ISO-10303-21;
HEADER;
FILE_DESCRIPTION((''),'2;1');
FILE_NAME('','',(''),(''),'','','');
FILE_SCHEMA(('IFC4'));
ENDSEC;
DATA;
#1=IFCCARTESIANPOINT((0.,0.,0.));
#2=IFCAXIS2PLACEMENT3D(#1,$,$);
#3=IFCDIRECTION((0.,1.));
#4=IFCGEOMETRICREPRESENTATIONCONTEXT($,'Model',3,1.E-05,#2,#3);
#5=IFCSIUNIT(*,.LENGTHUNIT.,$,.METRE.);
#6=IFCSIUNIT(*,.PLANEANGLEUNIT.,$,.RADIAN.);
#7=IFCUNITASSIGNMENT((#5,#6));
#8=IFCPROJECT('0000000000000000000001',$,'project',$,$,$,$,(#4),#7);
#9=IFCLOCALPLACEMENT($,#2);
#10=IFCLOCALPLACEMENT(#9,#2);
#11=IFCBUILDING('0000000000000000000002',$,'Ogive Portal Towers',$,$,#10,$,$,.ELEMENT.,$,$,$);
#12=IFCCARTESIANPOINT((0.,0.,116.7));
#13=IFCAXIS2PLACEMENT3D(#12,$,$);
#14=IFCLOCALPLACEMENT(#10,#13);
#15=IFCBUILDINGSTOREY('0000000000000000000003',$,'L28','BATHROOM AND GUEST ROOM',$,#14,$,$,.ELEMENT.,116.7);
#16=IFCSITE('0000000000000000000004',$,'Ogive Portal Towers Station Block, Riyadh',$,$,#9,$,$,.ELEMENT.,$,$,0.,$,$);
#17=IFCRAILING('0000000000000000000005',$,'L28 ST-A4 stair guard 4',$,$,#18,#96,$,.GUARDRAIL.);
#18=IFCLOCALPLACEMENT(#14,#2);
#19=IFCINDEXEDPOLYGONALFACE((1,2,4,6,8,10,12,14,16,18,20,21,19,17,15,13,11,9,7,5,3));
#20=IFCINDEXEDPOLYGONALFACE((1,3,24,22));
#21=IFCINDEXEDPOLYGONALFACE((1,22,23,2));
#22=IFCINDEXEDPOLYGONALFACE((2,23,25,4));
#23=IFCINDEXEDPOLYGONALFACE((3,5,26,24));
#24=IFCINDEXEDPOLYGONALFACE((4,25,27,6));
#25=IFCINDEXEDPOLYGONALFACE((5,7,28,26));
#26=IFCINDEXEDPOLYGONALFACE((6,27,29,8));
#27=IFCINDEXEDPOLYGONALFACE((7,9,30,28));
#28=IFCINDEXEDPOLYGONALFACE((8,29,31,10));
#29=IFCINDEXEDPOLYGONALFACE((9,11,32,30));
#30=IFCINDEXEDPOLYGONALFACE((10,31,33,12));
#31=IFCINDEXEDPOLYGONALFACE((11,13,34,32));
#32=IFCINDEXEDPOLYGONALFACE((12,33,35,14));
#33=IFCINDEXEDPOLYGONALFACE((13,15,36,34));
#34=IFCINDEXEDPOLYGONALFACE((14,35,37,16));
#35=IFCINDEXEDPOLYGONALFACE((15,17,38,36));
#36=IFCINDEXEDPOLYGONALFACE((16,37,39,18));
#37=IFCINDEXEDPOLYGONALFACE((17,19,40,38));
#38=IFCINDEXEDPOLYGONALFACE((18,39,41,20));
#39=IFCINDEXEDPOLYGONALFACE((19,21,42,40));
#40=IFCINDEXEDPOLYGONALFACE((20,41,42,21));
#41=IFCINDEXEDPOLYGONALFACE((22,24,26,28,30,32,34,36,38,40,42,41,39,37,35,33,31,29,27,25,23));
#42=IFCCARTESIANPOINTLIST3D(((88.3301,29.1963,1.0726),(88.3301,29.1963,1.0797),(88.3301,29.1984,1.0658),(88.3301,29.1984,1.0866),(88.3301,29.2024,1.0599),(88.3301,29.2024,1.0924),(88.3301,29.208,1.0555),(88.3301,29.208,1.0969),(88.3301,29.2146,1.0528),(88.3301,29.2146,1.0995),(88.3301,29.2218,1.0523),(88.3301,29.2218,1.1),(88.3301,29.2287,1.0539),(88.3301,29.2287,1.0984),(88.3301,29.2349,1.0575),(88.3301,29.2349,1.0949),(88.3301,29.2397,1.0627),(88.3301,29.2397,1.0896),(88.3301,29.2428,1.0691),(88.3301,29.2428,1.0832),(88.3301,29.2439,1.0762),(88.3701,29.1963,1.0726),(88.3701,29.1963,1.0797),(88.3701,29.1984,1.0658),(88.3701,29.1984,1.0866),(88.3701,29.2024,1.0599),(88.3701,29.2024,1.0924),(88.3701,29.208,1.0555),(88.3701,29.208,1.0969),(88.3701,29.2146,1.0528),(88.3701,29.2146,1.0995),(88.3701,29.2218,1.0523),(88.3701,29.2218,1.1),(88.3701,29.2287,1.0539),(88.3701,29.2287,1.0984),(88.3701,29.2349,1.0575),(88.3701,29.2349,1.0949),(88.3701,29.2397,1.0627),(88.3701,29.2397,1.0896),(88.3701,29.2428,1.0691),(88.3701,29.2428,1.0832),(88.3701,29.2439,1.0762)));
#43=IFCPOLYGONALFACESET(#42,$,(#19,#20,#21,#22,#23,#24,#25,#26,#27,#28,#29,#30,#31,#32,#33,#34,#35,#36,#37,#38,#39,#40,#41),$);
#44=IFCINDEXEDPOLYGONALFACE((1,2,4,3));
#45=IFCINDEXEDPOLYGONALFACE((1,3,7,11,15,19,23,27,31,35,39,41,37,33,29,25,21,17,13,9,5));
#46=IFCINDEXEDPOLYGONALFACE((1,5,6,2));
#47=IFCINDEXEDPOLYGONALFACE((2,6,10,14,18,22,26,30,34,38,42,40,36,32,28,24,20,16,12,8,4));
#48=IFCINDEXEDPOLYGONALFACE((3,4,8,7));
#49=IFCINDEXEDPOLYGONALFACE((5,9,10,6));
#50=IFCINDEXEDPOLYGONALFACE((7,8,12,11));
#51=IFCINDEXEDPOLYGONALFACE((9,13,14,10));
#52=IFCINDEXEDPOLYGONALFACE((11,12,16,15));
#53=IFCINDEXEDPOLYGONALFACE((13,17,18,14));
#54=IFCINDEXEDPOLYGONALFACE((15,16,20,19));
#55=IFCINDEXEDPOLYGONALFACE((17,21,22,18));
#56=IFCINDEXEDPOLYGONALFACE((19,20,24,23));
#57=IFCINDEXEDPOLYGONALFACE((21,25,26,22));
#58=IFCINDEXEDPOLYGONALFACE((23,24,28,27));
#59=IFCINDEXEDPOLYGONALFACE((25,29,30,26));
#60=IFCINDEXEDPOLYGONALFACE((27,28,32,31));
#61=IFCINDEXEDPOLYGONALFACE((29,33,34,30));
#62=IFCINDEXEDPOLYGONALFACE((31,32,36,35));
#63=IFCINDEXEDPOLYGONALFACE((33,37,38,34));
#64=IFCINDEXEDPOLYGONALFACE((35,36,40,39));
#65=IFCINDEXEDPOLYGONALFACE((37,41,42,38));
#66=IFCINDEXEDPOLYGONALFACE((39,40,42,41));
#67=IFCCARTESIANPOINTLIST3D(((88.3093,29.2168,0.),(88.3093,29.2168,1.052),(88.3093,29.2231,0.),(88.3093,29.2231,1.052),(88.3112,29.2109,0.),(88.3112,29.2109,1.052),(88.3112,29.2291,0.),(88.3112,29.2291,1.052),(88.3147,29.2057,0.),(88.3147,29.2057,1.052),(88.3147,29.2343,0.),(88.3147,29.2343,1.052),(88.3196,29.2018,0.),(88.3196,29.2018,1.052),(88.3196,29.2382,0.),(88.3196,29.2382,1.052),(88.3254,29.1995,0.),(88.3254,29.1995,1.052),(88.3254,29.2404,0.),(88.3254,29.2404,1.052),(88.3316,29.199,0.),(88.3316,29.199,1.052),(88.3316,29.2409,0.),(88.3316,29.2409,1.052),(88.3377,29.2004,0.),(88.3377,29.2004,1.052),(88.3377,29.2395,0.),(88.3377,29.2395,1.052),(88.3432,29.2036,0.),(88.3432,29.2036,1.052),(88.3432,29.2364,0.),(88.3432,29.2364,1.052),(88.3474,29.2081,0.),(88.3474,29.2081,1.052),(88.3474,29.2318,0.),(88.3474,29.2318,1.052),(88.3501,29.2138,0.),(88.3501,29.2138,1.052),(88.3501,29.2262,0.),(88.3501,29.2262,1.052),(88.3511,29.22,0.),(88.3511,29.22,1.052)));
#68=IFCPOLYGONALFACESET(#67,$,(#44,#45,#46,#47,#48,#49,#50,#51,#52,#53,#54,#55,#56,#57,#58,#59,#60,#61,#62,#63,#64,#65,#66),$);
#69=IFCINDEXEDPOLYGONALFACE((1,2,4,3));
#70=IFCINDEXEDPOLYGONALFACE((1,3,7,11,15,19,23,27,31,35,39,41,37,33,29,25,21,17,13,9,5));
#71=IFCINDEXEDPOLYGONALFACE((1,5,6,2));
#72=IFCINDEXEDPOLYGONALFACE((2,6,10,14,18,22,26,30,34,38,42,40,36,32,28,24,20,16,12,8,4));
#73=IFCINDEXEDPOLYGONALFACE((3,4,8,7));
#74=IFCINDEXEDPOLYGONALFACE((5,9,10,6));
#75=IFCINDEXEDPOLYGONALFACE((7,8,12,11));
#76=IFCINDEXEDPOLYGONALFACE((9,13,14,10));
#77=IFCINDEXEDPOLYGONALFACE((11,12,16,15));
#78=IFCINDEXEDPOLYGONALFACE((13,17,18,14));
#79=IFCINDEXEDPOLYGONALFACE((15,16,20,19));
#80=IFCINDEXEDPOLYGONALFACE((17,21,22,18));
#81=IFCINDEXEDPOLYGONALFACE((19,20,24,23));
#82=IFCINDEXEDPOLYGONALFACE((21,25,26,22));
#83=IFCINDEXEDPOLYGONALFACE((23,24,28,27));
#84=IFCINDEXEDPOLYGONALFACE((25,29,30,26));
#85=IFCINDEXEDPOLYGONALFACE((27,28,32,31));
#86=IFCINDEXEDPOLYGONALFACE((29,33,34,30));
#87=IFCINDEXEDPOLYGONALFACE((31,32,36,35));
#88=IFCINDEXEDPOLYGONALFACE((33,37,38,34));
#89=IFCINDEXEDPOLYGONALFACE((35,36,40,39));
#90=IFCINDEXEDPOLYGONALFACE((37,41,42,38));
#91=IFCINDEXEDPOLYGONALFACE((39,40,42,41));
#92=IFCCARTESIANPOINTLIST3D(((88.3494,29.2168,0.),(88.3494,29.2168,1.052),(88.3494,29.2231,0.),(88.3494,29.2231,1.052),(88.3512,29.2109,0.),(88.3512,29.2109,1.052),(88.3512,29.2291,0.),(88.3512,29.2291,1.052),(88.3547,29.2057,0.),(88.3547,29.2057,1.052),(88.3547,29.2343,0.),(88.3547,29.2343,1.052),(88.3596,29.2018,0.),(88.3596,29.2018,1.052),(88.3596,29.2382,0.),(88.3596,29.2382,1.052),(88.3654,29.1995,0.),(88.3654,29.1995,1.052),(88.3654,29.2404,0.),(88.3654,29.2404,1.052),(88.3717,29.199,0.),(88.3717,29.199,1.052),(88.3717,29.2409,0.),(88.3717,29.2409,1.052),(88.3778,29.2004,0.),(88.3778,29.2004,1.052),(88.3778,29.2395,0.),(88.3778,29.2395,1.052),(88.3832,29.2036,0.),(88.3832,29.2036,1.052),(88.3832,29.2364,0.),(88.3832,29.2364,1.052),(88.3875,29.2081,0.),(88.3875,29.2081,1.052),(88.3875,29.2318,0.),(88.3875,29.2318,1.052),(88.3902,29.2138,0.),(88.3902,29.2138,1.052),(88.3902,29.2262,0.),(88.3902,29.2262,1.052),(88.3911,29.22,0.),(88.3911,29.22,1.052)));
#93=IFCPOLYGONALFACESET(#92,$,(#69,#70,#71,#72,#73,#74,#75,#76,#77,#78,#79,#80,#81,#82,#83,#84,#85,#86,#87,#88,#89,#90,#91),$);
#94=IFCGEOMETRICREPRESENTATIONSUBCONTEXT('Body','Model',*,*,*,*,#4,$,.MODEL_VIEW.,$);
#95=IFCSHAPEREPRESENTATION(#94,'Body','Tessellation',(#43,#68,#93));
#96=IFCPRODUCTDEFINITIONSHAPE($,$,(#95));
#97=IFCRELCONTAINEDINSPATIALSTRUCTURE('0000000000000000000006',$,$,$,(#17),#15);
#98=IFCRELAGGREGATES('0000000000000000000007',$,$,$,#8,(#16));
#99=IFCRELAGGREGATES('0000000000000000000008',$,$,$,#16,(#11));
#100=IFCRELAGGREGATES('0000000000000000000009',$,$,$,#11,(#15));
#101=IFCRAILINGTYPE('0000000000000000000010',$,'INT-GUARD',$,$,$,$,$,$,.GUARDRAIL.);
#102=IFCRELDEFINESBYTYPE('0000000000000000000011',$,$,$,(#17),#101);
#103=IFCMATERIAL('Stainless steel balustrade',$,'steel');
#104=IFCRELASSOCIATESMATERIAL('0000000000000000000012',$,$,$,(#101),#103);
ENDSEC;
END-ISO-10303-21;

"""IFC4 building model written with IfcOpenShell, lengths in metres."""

from ifc_helpers import new_model, si_unit, direction, frame, origin, origin_2d, place, context, subcontext, project, spatial, circle, extrude, material, type_object, element, save


model = new_model("IFC4")

# Units and contexts
model_context = context("Model", 3, precision=1e-05, world=origin(), true_north=direction((0.0, 1.0)))
body_context = subcontext(model_context, "Body", "Model", "MODEL_VIEW")
ifc_project = project(units=[si_unit("LENGTHUNIT", "METRE"), si_unit("PLANEANGLEUNIT", "RADIAN")], contexts=[model_context])

# Site, building, storey
site_placement = place(None, origin())
site = spatial("IfcSite", under=ifc_project, at=site_placement, Name="Ogive Portal Towers Station Block, Riyadh", CompositionType="ELEMENT", RefElevation=0.0)
building_placement = place(site_placement, origin())
building = spatial("IfcBuilding", under=site, at=building_placement, Name="Ogive Portal Towers", CompositionType="ELEMENT")
storey_placement = place(building_placement, frame((0.0, 0.0, 116.7)))
storey = spatial("IfcBuildingStorey", under=building, at=storey_placement, Name="L28", Description="BATHROOM AND GUEST ROOM", CompositionType="ELEMENT", Elevation=116.7)

# Railing
ifc_material_1 = material(Name="Stainless steel balustrade", Category="steel")
railing_type_1 = type_object("IfcRailingType", Name="INT-GUARD", PredefinedType="GUARDRAIL", material=ifc_material_1)
railing_1_placement = place(storey_placement, frame((88.3301, 29.22, 0.0)))
element("IfcRailing", 1, at=railing_1_placement, inside=storey, type_object=railing_type_1, Name="L28 ST-A4 stair guard 4", PredefinedType="GUARDRAIL", context=body_context, shape_type="SweptSolid", body=[
    extrude(circle(Radius=0.0239, at=origin_2d()), frame((0.0, 0.0, 1.0762), z_axis=(1.0, 0.0, 0.0), x_axis=(0.0, 1.0, 0.0)), (0.0, 0.0, 1.0), 0.04),
    extrude(circle(Radius=0.021, at=origin_2d()), origin(), (0.0, 0.0, 1.0), 1.052),
    extrude(circle(Radius=0.021, at=origin_2d()), frame((0.04, 0.0, 0.0)), (0.0, 0.0, 1.0), 1.052),
])

save(model, "model.ifc")
